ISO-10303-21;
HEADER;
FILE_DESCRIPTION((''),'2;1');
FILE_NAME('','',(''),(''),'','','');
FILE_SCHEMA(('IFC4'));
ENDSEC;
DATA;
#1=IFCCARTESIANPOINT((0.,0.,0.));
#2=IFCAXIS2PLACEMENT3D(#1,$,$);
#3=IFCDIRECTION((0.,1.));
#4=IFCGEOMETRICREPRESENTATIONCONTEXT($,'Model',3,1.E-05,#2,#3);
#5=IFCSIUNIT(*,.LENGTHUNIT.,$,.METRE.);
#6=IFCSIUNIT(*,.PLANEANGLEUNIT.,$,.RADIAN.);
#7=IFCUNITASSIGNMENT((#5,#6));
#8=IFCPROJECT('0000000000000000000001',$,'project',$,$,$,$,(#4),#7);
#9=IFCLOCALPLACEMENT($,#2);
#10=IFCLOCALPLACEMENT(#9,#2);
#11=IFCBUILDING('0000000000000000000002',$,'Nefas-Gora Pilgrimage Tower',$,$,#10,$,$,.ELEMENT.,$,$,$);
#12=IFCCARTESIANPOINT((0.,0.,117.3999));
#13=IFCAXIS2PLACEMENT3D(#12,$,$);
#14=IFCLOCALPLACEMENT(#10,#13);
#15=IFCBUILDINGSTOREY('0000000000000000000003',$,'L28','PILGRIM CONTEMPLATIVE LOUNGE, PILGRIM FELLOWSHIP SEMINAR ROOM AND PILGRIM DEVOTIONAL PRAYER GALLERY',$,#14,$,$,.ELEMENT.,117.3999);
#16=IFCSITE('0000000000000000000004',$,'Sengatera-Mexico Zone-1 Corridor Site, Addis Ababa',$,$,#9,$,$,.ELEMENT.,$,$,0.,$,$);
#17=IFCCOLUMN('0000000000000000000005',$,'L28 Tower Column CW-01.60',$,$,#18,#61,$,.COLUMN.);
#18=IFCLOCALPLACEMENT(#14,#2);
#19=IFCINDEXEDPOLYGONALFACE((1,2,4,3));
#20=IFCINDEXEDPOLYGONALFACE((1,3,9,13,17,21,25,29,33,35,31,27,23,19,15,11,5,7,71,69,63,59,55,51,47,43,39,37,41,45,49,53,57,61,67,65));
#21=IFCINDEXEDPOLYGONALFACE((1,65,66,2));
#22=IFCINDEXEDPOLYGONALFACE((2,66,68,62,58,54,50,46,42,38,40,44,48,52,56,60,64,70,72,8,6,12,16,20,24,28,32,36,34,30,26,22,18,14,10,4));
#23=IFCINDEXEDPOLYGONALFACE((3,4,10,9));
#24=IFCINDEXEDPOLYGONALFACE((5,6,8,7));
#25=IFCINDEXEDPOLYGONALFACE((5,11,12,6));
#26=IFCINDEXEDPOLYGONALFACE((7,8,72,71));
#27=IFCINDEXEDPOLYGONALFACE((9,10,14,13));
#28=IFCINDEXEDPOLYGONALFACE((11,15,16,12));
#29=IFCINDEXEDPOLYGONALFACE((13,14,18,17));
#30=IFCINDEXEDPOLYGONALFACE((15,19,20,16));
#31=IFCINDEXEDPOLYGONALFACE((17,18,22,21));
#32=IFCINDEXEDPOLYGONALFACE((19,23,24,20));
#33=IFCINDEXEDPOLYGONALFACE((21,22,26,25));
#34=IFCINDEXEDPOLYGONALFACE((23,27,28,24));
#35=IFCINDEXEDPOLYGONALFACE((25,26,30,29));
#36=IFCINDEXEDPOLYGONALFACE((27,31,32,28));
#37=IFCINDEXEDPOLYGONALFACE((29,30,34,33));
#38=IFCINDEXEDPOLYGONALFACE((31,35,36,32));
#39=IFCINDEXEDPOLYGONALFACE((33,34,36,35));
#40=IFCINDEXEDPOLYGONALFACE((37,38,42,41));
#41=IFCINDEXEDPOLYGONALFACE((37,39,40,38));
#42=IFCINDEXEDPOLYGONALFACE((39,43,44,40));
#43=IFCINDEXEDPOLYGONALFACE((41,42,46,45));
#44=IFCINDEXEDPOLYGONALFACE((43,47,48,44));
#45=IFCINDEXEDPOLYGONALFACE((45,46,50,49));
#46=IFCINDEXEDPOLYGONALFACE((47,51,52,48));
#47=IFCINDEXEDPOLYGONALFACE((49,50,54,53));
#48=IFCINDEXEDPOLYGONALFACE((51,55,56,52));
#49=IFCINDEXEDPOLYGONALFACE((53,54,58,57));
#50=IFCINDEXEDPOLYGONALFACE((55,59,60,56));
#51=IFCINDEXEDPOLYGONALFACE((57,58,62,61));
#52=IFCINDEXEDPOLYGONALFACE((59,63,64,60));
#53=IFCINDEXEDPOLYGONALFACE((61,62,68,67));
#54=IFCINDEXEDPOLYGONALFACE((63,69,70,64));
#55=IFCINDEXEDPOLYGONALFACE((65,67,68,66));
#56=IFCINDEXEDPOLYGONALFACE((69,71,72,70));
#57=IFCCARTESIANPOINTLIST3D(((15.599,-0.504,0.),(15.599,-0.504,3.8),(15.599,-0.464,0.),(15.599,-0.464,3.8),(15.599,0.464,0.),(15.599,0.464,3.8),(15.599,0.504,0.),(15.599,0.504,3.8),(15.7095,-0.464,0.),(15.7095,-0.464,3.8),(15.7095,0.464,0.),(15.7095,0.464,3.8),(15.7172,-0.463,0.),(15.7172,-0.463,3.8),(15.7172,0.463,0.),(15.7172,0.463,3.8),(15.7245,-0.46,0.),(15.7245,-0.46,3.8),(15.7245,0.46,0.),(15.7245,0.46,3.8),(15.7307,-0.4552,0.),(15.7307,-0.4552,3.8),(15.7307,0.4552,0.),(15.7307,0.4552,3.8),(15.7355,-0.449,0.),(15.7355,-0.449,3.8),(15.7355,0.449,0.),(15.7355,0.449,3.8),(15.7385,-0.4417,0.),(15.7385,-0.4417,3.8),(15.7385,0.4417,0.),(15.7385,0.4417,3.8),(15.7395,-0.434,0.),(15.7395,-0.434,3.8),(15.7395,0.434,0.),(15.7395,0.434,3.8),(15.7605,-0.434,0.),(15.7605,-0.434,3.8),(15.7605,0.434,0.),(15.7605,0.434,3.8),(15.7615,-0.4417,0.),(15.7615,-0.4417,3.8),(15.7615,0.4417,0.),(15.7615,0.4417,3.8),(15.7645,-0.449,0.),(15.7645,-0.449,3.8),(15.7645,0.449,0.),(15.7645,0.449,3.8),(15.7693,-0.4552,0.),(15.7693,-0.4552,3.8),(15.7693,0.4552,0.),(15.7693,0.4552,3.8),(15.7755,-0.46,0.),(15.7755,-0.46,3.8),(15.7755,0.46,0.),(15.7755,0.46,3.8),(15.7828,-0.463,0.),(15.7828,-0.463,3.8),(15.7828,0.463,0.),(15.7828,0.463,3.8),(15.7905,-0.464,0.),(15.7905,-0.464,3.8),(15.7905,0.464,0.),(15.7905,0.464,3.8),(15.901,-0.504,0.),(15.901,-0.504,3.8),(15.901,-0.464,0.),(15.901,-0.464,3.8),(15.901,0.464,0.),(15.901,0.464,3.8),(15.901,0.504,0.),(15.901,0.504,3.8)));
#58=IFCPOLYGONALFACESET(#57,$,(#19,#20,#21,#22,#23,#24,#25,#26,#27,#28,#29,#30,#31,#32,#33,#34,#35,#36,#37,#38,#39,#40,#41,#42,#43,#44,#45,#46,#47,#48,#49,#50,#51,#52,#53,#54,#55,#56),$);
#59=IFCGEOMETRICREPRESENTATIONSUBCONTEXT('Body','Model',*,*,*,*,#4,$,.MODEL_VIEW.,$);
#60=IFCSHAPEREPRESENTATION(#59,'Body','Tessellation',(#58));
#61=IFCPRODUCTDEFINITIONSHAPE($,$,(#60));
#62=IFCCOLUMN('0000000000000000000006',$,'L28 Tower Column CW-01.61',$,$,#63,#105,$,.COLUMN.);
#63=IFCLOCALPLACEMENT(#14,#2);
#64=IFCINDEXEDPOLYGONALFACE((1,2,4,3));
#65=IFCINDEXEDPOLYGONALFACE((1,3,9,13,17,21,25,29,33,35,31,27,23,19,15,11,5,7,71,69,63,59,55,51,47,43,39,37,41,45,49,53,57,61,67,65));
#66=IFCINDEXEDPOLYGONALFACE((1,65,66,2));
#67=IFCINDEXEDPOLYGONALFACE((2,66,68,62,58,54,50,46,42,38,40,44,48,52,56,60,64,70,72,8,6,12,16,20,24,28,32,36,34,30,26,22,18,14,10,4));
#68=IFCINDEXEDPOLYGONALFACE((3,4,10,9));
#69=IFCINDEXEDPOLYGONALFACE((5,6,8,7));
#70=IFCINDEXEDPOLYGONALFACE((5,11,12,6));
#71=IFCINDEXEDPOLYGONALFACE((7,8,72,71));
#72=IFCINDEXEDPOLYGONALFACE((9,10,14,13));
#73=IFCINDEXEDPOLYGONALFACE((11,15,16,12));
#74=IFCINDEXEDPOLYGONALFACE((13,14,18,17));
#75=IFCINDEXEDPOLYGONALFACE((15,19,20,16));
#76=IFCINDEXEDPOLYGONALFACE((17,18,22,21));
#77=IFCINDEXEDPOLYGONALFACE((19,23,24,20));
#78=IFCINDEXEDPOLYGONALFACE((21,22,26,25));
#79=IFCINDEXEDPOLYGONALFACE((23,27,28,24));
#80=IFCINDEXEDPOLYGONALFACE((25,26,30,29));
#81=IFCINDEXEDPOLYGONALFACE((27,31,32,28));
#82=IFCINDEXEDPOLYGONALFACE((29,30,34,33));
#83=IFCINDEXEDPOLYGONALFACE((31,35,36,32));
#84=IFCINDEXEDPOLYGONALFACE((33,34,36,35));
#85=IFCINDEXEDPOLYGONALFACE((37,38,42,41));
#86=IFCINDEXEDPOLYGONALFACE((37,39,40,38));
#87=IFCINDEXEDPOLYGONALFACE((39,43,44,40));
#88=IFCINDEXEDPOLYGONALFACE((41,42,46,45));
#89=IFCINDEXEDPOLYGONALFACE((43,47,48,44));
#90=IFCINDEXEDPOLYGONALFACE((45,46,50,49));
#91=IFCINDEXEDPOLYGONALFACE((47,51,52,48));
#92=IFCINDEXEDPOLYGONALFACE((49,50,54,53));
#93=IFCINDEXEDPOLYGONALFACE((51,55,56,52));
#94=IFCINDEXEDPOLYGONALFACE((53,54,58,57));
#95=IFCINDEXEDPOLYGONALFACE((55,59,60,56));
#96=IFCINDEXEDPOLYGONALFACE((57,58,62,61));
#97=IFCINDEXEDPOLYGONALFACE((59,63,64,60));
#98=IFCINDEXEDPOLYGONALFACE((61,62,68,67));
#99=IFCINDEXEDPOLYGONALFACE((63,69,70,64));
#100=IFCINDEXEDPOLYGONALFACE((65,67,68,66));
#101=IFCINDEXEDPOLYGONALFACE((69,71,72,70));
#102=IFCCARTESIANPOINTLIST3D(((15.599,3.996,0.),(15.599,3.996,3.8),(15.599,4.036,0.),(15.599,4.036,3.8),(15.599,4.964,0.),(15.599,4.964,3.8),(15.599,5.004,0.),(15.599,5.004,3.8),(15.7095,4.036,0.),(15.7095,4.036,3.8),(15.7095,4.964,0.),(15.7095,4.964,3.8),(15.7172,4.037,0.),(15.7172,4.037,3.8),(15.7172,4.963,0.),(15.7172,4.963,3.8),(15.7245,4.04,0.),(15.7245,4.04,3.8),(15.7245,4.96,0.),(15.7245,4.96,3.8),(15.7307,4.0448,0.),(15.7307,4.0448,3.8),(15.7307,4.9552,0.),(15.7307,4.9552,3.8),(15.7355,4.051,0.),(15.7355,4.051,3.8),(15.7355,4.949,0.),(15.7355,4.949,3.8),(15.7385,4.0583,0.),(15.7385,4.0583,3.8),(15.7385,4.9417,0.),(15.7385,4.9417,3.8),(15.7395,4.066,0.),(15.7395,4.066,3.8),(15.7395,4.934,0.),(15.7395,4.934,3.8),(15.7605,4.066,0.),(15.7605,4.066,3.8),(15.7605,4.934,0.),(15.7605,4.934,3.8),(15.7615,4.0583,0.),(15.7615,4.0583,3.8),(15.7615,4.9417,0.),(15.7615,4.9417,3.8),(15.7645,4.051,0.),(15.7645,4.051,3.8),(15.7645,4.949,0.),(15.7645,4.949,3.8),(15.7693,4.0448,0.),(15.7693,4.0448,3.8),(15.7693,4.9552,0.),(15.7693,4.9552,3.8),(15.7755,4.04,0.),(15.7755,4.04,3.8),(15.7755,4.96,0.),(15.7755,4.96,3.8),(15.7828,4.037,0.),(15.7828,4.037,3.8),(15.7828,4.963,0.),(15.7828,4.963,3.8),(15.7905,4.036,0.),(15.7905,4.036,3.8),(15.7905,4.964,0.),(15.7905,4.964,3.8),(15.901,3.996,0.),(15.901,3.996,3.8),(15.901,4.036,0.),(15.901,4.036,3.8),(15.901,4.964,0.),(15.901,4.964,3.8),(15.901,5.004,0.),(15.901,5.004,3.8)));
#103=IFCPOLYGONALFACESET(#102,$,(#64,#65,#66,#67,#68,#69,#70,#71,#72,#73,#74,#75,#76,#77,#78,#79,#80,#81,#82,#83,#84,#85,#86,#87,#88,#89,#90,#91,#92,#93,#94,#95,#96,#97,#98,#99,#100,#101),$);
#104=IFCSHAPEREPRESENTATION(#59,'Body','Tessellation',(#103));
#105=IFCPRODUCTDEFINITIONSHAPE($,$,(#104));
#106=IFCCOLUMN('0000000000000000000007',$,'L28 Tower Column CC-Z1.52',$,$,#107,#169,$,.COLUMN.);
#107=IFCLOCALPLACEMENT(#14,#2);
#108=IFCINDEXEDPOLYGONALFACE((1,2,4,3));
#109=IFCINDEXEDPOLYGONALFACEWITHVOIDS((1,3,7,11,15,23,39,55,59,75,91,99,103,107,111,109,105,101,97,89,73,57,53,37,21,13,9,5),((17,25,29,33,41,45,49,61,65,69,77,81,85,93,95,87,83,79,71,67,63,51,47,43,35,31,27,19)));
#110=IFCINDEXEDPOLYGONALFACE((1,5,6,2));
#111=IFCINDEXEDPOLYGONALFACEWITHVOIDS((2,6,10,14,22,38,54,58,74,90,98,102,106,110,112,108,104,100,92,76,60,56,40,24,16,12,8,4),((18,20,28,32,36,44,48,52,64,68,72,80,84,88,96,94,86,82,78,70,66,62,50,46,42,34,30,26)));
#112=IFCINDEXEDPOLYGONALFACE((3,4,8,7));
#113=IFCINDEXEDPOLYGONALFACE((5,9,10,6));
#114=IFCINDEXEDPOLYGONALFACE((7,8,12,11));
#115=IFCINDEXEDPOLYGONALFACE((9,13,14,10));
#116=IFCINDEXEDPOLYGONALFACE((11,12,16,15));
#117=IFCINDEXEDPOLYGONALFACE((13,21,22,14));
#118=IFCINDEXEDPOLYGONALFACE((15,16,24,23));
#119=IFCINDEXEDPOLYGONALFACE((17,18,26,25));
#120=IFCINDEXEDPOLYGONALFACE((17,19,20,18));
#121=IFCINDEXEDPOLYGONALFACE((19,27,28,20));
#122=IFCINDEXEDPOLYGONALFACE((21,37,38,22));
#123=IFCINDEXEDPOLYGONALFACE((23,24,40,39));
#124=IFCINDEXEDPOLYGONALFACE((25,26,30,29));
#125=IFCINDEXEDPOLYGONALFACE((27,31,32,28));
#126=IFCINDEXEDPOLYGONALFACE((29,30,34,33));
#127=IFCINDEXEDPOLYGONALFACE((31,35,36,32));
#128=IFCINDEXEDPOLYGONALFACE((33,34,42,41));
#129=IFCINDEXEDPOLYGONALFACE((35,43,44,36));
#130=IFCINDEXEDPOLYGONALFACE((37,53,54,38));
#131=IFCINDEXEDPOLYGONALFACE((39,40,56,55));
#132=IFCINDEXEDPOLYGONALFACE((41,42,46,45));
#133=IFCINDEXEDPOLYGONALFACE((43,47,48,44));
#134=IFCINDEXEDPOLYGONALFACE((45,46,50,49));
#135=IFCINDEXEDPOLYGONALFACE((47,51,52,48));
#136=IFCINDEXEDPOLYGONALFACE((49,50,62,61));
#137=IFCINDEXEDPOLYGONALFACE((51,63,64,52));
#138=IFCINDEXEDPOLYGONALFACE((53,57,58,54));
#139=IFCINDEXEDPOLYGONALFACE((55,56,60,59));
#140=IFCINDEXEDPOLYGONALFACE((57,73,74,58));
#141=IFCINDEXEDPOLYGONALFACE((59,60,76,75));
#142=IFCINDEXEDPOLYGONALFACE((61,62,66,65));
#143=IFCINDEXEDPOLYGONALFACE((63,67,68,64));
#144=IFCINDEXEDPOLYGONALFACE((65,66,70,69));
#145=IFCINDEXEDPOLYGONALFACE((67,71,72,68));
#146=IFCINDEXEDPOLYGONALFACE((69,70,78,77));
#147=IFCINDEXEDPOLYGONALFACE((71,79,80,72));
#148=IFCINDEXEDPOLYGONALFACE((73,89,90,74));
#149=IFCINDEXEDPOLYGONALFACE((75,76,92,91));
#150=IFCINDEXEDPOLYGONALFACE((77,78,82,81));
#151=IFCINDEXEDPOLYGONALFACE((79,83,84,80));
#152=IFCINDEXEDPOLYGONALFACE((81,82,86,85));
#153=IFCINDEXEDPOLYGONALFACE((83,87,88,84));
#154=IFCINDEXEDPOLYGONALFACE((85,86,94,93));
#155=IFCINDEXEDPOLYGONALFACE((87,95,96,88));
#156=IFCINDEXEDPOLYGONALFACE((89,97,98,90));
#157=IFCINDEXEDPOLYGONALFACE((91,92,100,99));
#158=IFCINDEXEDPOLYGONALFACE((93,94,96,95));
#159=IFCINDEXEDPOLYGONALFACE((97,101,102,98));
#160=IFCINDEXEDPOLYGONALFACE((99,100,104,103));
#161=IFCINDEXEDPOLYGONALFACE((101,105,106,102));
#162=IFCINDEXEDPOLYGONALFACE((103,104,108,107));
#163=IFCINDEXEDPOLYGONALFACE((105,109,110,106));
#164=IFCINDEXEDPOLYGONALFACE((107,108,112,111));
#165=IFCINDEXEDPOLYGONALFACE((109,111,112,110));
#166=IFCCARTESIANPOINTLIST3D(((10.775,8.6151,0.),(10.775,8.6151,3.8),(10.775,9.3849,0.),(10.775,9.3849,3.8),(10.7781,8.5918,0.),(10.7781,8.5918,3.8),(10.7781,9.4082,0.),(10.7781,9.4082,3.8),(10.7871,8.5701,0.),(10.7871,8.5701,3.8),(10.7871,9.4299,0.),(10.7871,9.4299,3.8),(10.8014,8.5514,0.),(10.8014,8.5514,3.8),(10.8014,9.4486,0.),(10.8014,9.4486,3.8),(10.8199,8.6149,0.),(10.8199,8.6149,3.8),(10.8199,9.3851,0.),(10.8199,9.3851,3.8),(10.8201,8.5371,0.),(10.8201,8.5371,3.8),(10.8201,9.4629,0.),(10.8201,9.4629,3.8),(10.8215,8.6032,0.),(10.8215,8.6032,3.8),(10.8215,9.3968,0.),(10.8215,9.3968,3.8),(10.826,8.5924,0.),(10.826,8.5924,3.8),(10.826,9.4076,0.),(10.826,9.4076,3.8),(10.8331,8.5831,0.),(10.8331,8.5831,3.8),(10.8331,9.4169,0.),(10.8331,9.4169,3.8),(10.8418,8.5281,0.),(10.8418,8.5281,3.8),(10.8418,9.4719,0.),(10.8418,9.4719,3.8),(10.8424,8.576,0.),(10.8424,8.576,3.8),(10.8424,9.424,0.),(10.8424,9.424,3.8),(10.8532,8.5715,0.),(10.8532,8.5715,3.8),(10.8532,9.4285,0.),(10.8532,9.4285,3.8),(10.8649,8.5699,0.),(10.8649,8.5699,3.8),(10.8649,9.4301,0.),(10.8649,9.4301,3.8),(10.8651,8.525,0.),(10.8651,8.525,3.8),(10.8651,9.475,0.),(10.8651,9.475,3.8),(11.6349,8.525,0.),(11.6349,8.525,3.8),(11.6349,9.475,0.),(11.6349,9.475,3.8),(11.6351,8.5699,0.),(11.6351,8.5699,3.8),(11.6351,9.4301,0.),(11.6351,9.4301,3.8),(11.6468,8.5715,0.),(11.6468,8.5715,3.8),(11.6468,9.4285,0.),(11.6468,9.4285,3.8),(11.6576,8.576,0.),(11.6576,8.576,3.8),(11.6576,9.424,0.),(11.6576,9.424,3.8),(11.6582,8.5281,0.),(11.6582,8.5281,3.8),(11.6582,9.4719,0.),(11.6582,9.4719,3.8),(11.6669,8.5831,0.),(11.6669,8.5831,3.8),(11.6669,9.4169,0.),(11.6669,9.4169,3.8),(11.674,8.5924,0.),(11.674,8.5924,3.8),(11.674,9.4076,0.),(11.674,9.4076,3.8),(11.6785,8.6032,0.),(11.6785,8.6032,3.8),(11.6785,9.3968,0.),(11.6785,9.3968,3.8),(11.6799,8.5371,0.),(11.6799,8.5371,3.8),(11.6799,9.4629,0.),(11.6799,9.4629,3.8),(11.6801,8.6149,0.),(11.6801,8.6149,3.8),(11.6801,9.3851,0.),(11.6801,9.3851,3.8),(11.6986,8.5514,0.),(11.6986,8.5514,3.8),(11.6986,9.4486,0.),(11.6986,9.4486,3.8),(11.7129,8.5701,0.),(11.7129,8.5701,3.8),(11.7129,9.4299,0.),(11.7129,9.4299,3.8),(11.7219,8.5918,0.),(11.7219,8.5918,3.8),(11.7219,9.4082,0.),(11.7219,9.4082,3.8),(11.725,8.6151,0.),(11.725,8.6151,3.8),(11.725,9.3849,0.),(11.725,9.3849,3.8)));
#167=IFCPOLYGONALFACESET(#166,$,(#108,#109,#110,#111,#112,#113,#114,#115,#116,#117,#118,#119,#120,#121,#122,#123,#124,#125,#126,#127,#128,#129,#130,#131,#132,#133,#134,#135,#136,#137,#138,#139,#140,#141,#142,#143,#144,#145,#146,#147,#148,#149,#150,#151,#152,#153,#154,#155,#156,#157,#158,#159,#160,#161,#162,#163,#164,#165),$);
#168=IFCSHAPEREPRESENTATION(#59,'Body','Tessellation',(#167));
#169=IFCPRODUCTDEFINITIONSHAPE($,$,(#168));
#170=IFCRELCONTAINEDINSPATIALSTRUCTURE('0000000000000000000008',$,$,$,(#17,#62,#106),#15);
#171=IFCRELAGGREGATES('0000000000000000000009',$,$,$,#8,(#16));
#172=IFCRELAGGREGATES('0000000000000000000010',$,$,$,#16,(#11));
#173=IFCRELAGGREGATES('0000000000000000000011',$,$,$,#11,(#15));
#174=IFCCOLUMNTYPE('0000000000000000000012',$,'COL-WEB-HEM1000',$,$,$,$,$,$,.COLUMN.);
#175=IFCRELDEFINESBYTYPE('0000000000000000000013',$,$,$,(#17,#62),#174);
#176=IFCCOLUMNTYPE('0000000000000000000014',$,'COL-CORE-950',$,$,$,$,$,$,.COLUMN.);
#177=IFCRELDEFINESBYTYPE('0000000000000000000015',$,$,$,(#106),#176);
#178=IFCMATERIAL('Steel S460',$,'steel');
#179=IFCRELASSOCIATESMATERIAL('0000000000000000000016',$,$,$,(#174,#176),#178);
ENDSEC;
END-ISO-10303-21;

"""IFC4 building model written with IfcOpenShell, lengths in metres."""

from ifc_helpers import new_model, si_unit, direction, frame, origin, origin_2d, place, context, subcontext, project, spatial, hollow_rectangle, i_section, extrude, source, transform, mapped, material, material_profile, profile_set, type_object, element, save


model = new_model("IFC4")

# Units and contexts
model_context = context("Model", 3, precision=1e-05, world=origin(), true_north=direction((0.0, 1.0)))
body_context = subcontext(model_context, "Body", "Model", "MODEL_VIEW")
ifc_project = project(units=[si_unit("LENGTHUNIT", "METRE"), si_unit("PLANEANGLEUNIT", "RADIAN")], contexts=[model_context])

# Site, building, storey
site_placement = place(None, origin())
site = spatial("IfcSite", under=ifc_project, at=site_placement, Name="Sengatera-Mexico Zone-1 Corridor Site, Addis Ababa", CompositionType="ELEMENT", RefElevation=0.0)
building_placement = place(site_placement, origin())
building = spatial("IfcBuilding", under=site, at=building_placement, Name="Nefas-Gora Pilgrimage Tower", CompositionType="ELEMENT")
storey_placement = place(building_placement, frame((0.0, 0.0, 117.3999)))
storey = spatial("IfcBuildingStorey", under=building, at=storey_placement, Name="L28", Description="PILGRIM CONTEMPLATIVE LOUNGE, PILGRIM FELLOWSHIP SEMINAR ROOM AND PILGRIM DEVOTIONAL PRAYER GALLERY", CompositionType="ELEMENT", Elevation=117.3999)

# Columns
ifc_material_1 = material(Name="Steel S460", Category="steel")
ifc_material_profile_1 = material_profile(ifc_material_1, i_section(OverallWidth=0.302, OverallDepth=1.0081, WebThickness=0.021, FlangeThickness=0.04, FilletRadius=0.03, at=origin_2d()), Name="HEM 1000")
ifc_profile_set_1 = profile_set([ifc_material_profile_1], Name="Steel S460")
column_type_1 = type_object("IfcColumnType", Name="COL-WEB-HEM1000", PredefinedType="COLUMN", material=ifc_profile_set_1)
shared_shape_1 = source(origin(), body_context, "Body", "SweptSolid", [
    extrude(i_section(OverallWidth=0.302, OverallDepth=1.0081, WebThickness=0.021, FlangeThickness=0.04, FilletRadius=0.03, at=origin_2d()), origin(), (0.0, 0.0, 1.0), 3.8),
])
for number, where, z_axis, x_axis, name in (
    (1, (15.75, 0.0, 0.0), (0.0, 0.0, 1.0), (1.0, 0.0, 0.0), "L28 Tower Column CW-01.60"),
    (2, (15.75, 4.5, 0.0), (0.0, 0.0, 1.0), (1.0, 0.0, 0.0), "L28 Tower Column CW-01.61"),
):
    element("IfcColumn", number, at=place(storey_placement, frame(where, z_axis=z_axis, x_axis=x_axis)), inside=storey, type_object=column_type_1, Name=name, PredefinedType="COLUMN", context=body_context, shape_type="MappedRepresentation", body=[
        mapped(shared_shape_1, transform((0.0, 0.0, 0.0), x_axis=(1.0, 0.0, 0.0), y_axis=(0.0, 1.0, 0.0), z_axis=(0.0, 0.0, 1.0), scale=1.0)),
    ])
ifc_material_profile_2 = material_profile(ifc_material_1, hollow_rectangle(XDim=0.95, YDim=0.95, WallThickness=0.0449, InnerFilletRadius=0.0449, OuterFilletRadius=0.0901, at=origin_2d()), Name="BOX 950x950x45")
ifc_profile_set_2 = profile_set([ifc_material_profile_2], Name="Steel S460")
column_type_2 = type_object("IfcColumnType", Name="COL-CORE-950", PredefinedType="COLUMN", material=ifc_profile_set_2)
shared_shape_2 = source(origin(), body_context, "Body", "SweptSolid", [
    extrude(hollow_rectangle(XDim=0.95, YDim=0.95, WallThickness=0.0449, InnerFilletRadius=0.0449, OuterFilletRadius=0.0901, at=origin_2d()), origin(), (0.0, 0.0, 1.0), 3.8),
])
column_placement = place(storey_placement, frame((11.25, 9.0, 0.0), z_axis=(0.0, 0.0, 1.0), x_axis=(1.0, 0.0, 0.0)))
element("IfcColumn", 3, at=column_placement, inside=storey, type_object=column_type_2, Name="L28 Tower Column CC-Z1.52", PredefinedType="COLUMN", context=body_context, shape_type="MappedRepresentation", body=[
    mapped(shared_shape_2, transform((0.0, 0.0, 0.0), x_axis=(1.0, 0.0, 0.0), y_axis=(0.0, 1.0, 0.0), z_axis=(0.0, 0.0, 1.0), scale=1.0)),
])

save(model, "model.ifc")
